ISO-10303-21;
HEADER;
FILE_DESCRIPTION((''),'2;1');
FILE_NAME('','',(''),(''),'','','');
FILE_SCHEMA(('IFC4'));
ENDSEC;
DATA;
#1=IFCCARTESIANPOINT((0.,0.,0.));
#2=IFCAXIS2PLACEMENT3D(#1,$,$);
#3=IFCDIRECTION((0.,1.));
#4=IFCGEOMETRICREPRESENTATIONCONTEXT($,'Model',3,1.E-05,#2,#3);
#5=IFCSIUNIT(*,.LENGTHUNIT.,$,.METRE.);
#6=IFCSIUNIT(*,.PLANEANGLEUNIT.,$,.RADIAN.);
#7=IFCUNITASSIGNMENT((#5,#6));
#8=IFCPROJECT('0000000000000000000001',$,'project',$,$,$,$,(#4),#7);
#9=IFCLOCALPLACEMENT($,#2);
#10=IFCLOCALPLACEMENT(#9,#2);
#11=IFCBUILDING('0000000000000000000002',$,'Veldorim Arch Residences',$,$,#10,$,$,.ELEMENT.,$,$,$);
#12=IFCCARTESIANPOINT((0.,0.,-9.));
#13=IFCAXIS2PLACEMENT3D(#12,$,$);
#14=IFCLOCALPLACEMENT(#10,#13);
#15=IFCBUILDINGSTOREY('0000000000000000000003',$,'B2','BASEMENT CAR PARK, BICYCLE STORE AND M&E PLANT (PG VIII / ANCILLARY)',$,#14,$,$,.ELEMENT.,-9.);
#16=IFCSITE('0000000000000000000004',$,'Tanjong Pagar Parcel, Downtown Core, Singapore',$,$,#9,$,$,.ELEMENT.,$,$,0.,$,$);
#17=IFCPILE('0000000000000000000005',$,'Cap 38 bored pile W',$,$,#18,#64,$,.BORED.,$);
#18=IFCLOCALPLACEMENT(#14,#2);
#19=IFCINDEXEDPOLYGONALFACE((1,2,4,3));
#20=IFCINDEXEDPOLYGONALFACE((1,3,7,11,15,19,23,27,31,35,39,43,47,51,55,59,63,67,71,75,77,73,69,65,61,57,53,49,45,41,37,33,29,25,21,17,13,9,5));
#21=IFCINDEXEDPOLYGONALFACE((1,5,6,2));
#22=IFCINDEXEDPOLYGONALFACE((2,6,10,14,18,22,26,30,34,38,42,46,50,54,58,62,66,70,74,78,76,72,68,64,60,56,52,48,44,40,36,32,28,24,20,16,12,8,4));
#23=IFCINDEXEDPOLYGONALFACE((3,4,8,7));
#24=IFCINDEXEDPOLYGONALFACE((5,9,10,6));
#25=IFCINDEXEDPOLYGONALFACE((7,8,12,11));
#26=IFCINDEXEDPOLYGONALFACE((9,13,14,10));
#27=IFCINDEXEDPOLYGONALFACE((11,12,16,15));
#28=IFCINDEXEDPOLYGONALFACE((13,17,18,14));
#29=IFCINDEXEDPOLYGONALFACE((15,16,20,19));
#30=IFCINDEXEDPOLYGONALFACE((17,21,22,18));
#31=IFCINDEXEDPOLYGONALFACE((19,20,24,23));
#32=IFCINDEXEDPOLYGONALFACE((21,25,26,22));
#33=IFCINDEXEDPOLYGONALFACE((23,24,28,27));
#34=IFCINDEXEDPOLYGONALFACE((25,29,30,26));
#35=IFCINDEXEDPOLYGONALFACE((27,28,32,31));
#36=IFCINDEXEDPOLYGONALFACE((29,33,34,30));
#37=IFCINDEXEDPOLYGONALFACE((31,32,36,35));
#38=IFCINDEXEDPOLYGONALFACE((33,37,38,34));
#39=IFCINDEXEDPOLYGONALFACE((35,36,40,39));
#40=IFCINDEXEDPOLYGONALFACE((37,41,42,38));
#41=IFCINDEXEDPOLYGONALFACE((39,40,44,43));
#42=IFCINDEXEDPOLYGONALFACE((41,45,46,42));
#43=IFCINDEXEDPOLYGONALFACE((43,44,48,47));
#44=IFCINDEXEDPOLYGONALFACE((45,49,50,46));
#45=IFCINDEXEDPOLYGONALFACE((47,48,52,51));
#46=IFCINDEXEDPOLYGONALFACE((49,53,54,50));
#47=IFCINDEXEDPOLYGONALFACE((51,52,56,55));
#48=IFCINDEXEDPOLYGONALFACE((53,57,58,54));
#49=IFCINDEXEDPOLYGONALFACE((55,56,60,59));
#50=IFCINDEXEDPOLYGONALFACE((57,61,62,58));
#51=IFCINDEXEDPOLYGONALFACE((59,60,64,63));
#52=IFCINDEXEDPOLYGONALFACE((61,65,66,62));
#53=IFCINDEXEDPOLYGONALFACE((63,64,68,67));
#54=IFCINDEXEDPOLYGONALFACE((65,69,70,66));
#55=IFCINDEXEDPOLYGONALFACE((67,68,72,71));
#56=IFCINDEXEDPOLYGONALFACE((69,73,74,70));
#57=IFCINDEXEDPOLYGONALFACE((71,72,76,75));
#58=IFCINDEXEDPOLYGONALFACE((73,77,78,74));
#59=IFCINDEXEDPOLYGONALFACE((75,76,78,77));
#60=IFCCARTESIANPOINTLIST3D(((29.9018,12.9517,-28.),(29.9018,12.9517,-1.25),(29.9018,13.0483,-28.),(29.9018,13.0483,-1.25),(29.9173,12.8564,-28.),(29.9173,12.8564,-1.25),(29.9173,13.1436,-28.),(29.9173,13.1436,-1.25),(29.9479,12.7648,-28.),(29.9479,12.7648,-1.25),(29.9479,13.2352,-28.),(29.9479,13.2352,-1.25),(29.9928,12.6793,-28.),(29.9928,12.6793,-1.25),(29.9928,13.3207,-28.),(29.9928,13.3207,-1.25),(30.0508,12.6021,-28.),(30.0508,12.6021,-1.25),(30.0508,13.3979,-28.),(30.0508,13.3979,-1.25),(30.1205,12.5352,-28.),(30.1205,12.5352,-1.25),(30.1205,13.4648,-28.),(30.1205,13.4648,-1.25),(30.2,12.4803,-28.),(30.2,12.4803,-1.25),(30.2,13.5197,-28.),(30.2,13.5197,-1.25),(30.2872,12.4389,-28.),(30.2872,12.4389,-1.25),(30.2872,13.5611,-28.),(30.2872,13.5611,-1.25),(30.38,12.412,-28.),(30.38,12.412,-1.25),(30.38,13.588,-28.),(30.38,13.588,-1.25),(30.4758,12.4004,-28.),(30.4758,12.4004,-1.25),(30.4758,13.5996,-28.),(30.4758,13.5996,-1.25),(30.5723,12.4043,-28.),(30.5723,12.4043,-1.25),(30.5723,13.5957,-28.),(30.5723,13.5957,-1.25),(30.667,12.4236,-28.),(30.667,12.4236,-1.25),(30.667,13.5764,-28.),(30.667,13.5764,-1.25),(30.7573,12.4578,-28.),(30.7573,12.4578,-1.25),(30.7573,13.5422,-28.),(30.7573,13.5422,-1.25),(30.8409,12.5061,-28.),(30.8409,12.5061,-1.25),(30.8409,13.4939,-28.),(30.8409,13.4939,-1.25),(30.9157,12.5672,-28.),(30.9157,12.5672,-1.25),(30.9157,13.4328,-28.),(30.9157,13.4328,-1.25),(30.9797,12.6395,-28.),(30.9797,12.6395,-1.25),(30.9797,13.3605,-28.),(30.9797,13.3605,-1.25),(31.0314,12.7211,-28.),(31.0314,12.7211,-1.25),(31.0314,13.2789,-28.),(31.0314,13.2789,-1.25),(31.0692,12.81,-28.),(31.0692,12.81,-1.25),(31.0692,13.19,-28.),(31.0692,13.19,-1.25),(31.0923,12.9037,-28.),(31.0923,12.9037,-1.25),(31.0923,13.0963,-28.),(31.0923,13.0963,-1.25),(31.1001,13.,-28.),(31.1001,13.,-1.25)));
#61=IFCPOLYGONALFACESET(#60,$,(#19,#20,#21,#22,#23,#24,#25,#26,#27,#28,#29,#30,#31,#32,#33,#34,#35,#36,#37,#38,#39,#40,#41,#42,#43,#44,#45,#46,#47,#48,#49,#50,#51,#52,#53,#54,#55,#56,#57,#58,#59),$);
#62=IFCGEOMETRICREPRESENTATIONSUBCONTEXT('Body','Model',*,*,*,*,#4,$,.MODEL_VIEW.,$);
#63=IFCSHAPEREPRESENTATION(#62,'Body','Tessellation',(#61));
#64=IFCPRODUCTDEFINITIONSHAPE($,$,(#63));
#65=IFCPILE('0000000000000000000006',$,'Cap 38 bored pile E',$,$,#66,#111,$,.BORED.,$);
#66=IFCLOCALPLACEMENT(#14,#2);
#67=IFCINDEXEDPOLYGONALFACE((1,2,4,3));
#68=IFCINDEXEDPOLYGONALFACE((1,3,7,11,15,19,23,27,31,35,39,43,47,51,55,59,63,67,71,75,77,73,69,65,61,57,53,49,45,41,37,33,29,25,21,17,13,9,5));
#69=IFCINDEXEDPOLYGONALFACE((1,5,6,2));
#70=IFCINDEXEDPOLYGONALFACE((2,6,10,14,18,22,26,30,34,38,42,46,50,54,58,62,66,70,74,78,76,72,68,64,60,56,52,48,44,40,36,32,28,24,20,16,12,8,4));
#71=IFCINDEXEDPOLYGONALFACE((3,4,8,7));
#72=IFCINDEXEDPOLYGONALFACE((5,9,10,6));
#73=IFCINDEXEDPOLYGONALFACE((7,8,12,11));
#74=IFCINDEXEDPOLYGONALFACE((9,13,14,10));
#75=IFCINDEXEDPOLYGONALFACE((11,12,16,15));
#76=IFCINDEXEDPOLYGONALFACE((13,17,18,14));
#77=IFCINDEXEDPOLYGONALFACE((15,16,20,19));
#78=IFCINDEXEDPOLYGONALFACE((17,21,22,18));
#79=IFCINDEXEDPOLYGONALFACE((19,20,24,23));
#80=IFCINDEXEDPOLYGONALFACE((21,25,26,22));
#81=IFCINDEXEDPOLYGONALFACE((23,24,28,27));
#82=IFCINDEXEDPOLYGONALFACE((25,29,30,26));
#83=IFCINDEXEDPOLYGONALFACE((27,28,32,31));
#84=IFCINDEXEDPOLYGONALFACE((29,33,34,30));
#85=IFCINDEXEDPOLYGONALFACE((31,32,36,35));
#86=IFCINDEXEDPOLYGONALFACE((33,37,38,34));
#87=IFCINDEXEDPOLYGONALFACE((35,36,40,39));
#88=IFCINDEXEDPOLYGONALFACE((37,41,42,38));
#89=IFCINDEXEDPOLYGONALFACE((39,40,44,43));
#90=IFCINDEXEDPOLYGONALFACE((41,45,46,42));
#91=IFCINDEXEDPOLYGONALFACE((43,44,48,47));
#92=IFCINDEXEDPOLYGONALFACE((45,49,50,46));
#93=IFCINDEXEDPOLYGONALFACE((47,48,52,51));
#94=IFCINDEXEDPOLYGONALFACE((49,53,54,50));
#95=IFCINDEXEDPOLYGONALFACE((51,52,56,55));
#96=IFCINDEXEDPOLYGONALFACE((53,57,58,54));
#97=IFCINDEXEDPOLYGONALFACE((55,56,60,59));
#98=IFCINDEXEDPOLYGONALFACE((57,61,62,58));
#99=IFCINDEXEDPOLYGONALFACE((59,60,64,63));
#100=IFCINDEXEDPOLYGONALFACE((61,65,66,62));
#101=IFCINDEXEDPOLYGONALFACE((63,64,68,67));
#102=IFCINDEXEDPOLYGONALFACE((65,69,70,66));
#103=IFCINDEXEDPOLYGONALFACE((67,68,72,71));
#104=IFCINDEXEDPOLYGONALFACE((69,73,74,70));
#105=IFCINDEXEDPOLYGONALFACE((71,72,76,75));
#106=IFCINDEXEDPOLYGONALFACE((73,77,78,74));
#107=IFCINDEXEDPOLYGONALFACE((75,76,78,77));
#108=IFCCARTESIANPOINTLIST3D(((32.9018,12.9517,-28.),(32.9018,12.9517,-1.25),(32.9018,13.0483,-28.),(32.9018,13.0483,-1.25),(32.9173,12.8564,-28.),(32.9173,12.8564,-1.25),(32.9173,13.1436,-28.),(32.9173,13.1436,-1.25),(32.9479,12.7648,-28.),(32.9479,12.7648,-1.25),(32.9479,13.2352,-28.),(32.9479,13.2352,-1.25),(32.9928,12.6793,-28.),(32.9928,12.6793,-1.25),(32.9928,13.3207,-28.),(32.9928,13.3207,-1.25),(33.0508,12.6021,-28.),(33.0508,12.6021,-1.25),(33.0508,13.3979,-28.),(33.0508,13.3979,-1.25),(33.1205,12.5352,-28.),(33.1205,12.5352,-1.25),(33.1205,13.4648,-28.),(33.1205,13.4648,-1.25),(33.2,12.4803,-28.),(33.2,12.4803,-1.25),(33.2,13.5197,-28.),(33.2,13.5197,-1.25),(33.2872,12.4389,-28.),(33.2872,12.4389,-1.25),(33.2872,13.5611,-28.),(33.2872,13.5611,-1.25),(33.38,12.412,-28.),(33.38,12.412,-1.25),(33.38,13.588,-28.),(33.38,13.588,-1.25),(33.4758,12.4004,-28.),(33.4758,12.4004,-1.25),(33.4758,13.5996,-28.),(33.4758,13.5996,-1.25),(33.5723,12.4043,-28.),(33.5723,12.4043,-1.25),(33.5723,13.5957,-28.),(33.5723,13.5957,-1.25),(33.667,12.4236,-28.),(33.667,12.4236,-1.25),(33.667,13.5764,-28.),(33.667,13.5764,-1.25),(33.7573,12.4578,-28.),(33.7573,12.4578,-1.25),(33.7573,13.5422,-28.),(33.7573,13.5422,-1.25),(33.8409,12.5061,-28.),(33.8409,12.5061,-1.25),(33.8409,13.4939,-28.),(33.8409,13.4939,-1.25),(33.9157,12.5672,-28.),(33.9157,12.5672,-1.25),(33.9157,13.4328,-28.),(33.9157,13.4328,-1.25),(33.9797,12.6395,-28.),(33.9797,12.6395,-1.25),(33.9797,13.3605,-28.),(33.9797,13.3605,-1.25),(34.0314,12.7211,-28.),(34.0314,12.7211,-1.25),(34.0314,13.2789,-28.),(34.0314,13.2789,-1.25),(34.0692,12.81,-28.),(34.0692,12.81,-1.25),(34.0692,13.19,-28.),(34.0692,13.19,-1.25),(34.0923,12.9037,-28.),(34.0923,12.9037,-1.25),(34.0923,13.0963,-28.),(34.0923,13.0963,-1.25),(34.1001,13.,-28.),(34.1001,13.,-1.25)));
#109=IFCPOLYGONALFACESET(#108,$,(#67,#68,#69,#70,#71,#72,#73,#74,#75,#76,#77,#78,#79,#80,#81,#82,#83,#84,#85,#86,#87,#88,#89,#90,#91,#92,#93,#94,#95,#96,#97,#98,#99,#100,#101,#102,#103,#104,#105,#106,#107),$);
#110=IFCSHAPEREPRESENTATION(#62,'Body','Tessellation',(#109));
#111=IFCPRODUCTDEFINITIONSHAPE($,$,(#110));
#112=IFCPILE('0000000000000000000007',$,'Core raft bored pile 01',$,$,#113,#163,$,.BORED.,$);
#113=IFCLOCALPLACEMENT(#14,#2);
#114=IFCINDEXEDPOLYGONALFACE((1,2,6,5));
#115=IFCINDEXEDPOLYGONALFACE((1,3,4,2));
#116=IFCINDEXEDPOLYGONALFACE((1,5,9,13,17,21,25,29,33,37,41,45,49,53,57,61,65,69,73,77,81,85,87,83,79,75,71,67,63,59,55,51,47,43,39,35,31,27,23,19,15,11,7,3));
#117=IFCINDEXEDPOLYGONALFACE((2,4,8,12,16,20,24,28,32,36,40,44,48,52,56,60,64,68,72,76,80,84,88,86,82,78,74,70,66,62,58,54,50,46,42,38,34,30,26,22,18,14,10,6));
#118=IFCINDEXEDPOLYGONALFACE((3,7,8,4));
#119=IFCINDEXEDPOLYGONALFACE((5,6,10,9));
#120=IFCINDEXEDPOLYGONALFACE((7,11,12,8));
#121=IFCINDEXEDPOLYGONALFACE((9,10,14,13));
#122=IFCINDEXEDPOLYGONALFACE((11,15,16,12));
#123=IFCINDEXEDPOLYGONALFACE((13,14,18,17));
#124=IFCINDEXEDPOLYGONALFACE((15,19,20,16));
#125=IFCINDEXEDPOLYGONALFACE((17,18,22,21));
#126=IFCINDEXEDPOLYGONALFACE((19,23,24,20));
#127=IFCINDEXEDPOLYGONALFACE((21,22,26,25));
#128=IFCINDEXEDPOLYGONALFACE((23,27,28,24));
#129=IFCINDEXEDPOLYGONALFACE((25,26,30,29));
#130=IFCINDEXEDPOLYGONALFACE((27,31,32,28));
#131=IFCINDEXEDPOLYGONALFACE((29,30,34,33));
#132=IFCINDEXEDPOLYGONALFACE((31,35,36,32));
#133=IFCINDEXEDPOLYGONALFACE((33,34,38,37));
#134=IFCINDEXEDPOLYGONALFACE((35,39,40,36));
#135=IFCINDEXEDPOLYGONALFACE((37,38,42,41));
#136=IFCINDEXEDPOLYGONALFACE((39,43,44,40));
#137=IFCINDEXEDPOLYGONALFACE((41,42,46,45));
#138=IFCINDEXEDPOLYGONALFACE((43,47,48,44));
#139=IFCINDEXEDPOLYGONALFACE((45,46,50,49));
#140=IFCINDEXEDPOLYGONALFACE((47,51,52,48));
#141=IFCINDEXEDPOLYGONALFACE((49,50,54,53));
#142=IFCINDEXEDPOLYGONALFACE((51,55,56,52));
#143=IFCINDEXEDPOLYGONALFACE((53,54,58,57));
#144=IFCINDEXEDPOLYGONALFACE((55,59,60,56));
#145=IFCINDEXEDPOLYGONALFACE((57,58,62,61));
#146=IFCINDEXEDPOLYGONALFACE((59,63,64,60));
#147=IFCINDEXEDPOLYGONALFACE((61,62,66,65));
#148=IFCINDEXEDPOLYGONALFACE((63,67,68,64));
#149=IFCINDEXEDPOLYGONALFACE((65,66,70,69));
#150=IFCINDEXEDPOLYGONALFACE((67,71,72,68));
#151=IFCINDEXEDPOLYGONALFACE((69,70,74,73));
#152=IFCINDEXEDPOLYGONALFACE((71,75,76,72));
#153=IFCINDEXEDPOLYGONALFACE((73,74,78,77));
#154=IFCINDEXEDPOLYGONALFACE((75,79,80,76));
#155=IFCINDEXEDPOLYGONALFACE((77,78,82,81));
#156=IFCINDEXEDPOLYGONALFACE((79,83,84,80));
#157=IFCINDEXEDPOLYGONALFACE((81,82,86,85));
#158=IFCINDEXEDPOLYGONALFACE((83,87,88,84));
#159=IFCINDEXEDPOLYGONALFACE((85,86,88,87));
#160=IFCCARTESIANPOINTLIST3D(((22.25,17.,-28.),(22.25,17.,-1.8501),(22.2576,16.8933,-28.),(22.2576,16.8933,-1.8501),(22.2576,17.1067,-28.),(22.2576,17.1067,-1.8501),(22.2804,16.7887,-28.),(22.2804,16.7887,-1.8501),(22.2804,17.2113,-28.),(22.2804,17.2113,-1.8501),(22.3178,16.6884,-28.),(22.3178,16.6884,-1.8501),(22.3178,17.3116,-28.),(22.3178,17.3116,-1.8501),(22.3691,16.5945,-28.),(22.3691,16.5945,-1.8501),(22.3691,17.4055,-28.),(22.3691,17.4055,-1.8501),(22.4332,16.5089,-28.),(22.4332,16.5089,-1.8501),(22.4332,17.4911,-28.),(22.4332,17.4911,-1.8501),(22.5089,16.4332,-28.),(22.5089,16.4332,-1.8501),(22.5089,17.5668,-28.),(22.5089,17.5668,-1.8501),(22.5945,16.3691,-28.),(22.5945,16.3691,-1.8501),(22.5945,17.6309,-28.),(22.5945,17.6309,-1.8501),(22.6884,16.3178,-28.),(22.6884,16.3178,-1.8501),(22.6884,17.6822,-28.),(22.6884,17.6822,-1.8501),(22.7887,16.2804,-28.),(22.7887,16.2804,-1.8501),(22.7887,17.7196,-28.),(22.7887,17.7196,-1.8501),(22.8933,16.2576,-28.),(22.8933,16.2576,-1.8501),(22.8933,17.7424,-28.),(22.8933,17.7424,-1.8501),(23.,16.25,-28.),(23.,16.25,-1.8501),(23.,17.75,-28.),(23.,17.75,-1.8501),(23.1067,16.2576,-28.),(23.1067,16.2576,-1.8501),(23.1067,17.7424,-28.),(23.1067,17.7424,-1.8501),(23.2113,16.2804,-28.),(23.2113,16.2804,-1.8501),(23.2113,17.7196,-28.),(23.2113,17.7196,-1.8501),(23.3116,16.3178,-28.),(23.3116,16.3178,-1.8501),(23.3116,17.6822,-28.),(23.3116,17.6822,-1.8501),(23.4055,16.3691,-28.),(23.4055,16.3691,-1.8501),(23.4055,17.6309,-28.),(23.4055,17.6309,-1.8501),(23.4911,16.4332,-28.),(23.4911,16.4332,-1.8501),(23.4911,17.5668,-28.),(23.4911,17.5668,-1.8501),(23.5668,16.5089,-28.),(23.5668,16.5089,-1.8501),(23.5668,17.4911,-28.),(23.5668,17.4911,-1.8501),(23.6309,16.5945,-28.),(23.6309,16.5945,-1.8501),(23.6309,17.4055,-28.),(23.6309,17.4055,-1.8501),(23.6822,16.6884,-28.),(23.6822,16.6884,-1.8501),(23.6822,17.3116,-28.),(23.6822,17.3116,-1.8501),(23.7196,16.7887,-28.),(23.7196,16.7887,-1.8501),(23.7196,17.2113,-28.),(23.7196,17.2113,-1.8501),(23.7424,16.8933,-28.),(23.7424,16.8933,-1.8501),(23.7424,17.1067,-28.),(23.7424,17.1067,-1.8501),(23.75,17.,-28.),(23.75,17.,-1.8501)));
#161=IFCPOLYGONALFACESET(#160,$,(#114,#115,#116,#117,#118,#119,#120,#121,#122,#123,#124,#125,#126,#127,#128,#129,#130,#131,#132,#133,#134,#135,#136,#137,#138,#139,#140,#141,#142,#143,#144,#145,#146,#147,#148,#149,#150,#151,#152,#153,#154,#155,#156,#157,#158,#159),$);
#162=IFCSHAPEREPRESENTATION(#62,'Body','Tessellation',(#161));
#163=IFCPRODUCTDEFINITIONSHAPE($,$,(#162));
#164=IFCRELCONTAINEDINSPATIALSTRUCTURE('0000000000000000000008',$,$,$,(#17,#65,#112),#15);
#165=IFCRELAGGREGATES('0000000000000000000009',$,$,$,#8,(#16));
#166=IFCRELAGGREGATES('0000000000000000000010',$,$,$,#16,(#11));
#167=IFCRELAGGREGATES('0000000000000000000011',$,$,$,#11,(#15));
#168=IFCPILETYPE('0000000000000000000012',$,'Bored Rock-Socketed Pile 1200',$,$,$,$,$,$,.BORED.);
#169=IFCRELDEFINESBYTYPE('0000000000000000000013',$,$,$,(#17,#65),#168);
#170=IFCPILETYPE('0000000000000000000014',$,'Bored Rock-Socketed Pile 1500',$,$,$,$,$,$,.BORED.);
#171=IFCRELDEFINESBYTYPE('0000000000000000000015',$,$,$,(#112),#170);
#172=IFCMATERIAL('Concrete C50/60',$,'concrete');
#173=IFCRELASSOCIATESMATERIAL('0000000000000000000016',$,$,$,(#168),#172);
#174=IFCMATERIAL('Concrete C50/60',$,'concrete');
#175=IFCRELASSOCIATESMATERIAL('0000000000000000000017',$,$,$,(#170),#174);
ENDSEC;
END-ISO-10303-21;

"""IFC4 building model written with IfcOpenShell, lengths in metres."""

from ifc_helpers import new_model, si_unit, direction, frame, origin, origin_2d, place, context, subcontext, project, spatial, circle, extrude, material, material_profile, profile_set, type_object, element, save


model = new_model("IFC4")

# Units and contexts
model_context = context("Model", 3, precision=1e-05, world=origin(), true_north=direction((0.0, 1.0)))
body_context = subcontext(model_context, "Body", "Model", "MODEL_VIEW")
ifc_project = project(units=[si_unit("LENGTHUNIT", "METRE"), si_unit("PLANEANGLEUNIT", "RADIAN")], contexts=[model_context])

# Site, building, storey
site_placement = place(None, origin())
site = spatial("IfcSite", under=ifc_project, at=site_placement, Name="Tanjong Pagar Parcel, Downtown Core, Singapore", CompositionType="ELEMENT", RefElevation=0.0)
building_placement = place(site_placement, origin())
building = spatial("IfcBuilding", under=site, at=building_placement, Name="Veldorim Arch Residences", CompositionType="ELEMENT")
storey_placement = place(building_placement, frame((0.0, 0.0, -9.0)))
storey = spatial("IfcBuildingStorey", under=building, at=storey_placement, Name="B2", Description="BASEMENT CAR PARK, BICYCLE STORE AND M&E PLANT (PG VIII / ANCILLARY)", CompositionType="ELEMENT", Elevation=-9.0)

# Piles
ifc_material_1 = material(Name="Concrete C50/60", Category="concrete")
ifc_material_profile_1 = material_profile(ifc_material_1, circle(Radius=0.6001, at=origin_2d()), Name="PILE_1200")
ifc_profile_set_1 = profile_set([ifc_material_profile_1], Name="Concrete C50/60")
pile_type_1 = type_object("IfcPileType", Name="Bored Rock-Socketed Pile 1200", PredefinedType="BORED", material=ifc_profile_set_1)
for number, where, z_axis, x_axis, name in (
    (1, (30.5, 13.0, -1.25), (0.0, 0.0, -1.0), (1.0, 0.0, 0.0), "Cap 38 bored pile W"),
    (2, (33.5, 13.0, -1.25), (0.0, 0.0, -1.0), (1.0, 0.0, 0.0), "Cap 38 bored pile E"),
):
    element("IfcPile", number, at=place(storey_placement, frame(where, z_axis=z_axis, x_axis=x_axis)), inside=storey, type_object=pile_type_1, Name=name, PredefinedType="BORED", context=body_context, shape_type="SweptSolid", body=[
        extrude(circle(Radius=0.6001, at=origin_2d()), origin(), (0.0, 0.0, 1.0), 26.75),
    ])
ifc_material_2 = material(Name="Concrete C50/60", Category="concrete")
ifc_material_profile_2 = material_profile(ifc_material_2, circle(Radius=0.75, at=origin_2d()), Name="PILE_1500")
ifc_profile_set_2 = profile_set([ifc_material_profile_2], Name="Concrete C50/60")
pile_type_2 = type_object("IfcPileType", Name="Bored Rock-Socketed Pile 1500", PredefinedType="BORED", material=ifc_profile_set_2)
for number, where, z_axis, x_axis, name in (
    (3, (23.0, 17.0, -1.8501), (0.0, 0.0, -1.0), (1.0, 0.0, 0.0), "Core raft bored pile 01"),
):
    element("IfcPile", number, at=place(storey_placement, frame(where, z_axis=z_axis, x_axis=x_axis)), inside=storey, type_object=pile_type_2, Name=name, PredefinedType="BORED", context=body_context, shape_type="SweptSolid", body=[
        extrude(circle(Radius=0.75, at=origin_2d()), origin(), (0.0, 0.0, 1.0), 26.1499),
    ])

save(model, "model.ifc")
